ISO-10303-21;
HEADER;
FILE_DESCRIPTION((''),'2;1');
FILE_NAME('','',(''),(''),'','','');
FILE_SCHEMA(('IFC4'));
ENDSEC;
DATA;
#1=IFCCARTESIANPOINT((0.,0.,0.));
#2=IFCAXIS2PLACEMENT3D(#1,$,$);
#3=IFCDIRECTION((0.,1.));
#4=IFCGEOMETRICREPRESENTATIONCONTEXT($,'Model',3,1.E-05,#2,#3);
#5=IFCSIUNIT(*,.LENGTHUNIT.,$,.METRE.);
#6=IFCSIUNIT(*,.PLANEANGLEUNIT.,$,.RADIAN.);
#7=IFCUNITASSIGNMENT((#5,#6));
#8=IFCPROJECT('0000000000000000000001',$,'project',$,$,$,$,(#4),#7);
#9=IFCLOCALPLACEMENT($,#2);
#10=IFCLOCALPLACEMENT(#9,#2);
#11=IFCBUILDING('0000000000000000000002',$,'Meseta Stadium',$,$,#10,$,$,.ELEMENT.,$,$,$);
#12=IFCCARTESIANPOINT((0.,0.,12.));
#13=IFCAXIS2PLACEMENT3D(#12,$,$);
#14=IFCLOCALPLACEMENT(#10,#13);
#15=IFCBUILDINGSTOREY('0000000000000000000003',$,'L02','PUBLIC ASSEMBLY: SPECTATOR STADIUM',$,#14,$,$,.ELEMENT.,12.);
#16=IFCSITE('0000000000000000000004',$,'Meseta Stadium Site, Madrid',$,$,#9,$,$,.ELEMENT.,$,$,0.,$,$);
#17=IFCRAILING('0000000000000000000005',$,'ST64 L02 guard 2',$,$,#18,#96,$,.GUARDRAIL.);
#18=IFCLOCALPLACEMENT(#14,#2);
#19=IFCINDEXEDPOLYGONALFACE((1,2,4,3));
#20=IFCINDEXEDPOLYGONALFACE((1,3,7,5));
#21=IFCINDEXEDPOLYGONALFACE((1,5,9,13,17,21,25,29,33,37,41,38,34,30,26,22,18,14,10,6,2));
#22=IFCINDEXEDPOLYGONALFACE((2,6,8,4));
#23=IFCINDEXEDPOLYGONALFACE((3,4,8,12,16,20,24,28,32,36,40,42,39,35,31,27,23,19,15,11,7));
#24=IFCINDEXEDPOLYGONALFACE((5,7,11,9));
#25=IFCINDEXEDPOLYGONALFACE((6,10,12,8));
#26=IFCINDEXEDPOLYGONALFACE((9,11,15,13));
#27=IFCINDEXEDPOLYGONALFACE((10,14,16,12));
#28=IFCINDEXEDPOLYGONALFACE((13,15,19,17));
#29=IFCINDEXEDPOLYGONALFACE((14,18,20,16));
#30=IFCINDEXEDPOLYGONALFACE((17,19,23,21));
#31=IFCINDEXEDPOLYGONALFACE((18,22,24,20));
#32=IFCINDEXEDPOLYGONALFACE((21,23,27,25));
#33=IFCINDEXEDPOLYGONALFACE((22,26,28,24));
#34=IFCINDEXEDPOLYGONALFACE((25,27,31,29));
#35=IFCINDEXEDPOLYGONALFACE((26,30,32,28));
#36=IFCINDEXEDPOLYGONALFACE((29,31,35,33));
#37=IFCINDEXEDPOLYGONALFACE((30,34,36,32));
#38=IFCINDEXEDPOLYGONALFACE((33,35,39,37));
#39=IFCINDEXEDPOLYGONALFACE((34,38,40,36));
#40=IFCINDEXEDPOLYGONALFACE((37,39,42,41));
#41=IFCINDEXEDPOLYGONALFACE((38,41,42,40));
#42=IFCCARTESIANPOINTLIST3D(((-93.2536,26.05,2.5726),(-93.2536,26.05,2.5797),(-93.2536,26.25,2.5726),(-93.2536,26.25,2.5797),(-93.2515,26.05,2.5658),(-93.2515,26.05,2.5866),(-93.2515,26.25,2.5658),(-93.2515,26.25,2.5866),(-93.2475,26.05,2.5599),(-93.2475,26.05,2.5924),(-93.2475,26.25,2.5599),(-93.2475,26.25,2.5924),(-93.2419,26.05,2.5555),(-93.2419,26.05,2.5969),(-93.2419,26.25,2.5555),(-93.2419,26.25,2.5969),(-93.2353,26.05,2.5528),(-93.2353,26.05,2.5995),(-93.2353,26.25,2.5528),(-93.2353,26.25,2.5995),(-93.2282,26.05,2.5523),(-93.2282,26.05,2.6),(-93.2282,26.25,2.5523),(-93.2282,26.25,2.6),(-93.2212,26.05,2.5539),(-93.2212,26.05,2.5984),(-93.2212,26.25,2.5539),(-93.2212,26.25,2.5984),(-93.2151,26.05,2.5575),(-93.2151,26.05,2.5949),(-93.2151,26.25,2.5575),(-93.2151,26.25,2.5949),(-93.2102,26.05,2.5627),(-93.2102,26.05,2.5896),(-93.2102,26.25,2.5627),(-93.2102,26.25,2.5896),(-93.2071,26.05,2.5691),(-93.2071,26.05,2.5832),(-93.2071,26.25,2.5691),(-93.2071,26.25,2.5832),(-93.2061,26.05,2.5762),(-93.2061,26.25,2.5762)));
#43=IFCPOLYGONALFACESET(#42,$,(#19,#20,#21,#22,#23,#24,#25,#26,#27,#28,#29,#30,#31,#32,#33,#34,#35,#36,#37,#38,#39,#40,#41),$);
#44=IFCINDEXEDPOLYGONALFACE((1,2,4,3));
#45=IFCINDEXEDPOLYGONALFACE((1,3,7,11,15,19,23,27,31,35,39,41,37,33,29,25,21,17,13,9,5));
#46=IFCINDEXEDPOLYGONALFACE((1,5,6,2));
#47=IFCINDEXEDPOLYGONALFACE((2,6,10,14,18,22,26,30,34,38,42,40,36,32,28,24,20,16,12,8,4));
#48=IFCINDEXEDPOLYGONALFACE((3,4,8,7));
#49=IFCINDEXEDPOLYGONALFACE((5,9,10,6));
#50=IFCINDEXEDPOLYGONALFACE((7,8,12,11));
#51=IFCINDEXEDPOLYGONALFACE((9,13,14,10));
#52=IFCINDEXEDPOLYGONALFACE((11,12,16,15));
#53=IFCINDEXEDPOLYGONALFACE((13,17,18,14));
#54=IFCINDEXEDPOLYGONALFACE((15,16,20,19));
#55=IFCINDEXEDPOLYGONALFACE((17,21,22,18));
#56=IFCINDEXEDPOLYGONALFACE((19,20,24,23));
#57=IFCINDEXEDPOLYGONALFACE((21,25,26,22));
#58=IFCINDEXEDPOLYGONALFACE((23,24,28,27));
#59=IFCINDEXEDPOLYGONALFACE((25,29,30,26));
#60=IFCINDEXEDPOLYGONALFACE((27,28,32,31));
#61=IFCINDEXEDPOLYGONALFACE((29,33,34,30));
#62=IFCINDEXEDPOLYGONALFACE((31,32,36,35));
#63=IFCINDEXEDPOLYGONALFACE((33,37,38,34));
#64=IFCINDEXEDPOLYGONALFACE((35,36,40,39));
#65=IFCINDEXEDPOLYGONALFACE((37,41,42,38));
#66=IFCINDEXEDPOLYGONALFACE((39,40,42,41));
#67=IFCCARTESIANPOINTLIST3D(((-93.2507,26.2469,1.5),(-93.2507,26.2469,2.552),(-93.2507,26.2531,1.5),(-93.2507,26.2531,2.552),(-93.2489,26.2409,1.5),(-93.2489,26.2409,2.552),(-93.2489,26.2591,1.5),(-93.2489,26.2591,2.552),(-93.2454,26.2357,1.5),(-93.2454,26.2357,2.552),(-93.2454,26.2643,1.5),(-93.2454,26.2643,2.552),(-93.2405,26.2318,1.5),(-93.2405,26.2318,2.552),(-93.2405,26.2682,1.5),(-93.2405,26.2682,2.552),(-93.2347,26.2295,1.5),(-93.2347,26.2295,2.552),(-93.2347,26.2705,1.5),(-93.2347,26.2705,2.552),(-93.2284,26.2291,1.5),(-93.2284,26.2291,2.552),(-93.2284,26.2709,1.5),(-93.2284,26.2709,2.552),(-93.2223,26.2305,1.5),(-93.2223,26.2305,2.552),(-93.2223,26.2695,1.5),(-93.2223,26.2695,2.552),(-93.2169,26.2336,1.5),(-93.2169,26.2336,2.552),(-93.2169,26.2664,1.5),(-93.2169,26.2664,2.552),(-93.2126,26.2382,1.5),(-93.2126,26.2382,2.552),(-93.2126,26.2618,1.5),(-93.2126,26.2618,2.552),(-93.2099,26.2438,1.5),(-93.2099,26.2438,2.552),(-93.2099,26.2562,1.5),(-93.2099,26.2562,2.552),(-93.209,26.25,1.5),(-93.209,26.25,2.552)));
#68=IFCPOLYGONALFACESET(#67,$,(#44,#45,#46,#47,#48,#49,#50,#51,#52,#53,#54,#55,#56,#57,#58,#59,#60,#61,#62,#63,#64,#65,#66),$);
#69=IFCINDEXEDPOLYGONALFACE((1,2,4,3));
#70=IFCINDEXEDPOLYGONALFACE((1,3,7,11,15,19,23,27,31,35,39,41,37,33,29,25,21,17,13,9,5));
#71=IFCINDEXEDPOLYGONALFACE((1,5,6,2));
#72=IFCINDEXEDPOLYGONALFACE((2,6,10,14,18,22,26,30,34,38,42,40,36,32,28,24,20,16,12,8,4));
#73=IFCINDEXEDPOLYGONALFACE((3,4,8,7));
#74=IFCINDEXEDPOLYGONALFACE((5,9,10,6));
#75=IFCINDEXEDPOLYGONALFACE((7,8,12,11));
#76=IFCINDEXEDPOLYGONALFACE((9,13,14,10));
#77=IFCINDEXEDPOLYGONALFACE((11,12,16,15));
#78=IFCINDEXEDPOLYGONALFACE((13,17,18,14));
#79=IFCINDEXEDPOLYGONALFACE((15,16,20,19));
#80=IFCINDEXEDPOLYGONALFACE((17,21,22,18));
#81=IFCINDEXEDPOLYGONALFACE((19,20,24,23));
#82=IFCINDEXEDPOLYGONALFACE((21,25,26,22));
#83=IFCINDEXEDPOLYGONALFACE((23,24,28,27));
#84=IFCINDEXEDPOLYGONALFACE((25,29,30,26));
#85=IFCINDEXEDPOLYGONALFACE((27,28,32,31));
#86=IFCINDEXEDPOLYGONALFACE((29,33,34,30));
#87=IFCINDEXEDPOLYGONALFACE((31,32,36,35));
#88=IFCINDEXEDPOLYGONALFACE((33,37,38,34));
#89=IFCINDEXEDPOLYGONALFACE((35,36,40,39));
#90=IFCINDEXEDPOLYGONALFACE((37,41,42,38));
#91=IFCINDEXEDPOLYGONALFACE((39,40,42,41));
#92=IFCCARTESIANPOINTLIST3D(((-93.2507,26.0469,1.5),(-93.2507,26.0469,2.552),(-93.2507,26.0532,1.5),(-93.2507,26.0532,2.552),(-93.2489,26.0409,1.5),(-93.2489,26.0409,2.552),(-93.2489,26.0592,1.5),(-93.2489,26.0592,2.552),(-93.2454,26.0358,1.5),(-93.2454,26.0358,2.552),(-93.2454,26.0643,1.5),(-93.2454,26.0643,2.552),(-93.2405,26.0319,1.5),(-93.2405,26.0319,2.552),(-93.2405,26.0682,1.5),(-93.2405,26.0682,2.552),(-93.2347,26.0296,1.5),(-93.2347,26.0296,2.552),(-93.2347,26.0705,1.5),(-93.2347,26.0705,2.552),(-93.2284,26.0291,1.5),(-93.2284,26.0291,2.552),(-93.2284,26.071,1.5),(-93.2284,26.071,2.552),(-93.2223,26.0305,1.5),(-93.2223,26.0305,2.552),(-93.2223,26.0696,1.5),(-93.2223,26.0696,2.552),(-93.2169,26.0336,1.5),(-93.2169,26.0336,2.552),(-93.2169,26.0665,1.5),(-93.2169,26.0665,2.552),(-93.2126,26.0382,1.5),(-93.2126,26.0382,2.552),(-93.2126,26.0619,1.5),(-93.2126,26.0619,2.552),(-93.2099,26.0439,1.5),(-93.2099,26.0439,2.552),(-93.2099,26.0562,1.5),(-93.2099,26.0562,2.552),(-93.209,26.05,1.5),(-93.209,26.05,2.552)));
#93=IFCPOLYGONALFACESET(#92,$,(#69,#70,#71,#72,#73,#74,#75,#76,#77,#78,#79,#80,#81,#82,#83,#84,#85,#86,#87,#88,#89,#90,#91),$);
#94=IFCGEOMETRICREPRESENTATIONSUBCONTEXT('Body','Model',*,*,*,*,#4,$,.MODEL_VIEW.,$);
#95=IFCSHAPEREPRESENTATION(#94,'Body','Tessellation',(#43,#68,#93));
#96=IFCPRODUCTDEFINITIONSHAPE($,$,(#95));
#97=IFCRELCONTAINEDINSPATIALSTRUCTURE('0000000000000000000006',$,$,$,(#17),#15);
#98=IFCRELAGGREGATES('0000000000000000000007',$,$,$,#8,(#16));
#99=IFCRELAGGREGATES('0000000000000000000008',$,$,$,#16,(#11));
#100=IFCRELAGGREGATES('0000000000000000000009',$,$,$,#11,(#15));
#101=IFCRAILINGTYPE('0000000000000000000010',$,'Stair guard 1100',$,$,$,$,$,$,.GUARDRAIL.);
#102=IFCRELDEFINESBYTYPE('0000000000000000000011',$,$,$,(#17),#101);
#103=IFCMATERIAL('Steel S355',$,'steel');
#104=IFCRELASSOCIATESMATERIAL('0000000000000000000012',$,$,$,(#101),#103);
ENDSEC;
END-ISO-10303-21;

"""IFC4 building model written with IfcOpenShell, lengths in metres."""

from ifc_helpers import new_model, si_unit, direction, frame, origin, origin_2d, place, context, subcontext, project, spatial, circle, extrude, material, type_object, element, save


model = new_model("IFC4")

# Units and contexts
model_context = context("Model", 3, precision=1e-05, world=origin(), true_north=direction((0.0, 1.0)))
body_context = subcontext(model_context, "Body", "Model", "MODEL_VIEW")
ifc_project = project(units=[si_unit("LENGTHUNIT", "METRE"), si_unit("PLANEANGLEUNIT", "RADIAN")], contexts=[model_context])

# Site, building, storey
site_placement = place(None, origin())
site = spatial("IfcSite", under=ifc_project, at=site_placement, Name="Meseta Stadium Site, Madrid", CompositionType="ELEMENT", RefElevation=0.0)
building_placement = place(site_placement, origin())
building = spatial("IfcBuilding", under=site, at=building_placement, Name="Meseta Stadium", CompositionType="ELEMENT")
storey_placement = place(building_placement, frame((0.0, 0.0, 12.0)))
storey = spatial("IfcBuildingStorey", under=building, at=storey_placement, Name="L02", Description="PUBLIC ASSEMBLY: SPECTATOR STADIUM", CompositionType="ELEMENT", Elevation=12.0)

# Railing
ifc_material_1 = material(Name="Steel S355", Category="steel")
railing_type_1 = type_object("IfcRailingType", Name="Stair guard 1100", PredefinedType="GUARDRAIL", material=ifc_material_1)
railing_1_placement = place(storey_placement, frame((-93.23, 26.25, 1.5)))
element("IfcRailing", 1, at=railing_1_placement, inside=storey, type_object=railing_type_1, Name="ST64 L02 guard 2", PredefinedType="GUARDRAIL", context=body_context, shape_type="SweptSolid", body=[
    extrude(circle(Radius=0.0239, at=origin_2d()), frame((0.0, 0.0, 1.0762), z_axis=(0.0, -1.0, 0.0), x_axis=(1.0, 0.0, 0.0)), (0.0, 0.0, 1.0), 0.2),
    extrude(circle(Radius=0.021, at=origin_2d()), origin(), (0.0, 0.0, 1.0), 1.052),
    extrude(circle(Radius=0.021, at=origin_2d()), frame((0.0, -0.2, 0.0)), (0.0, 0.0, 1.0), 1.052),
])

save(model, "model.ifc")
